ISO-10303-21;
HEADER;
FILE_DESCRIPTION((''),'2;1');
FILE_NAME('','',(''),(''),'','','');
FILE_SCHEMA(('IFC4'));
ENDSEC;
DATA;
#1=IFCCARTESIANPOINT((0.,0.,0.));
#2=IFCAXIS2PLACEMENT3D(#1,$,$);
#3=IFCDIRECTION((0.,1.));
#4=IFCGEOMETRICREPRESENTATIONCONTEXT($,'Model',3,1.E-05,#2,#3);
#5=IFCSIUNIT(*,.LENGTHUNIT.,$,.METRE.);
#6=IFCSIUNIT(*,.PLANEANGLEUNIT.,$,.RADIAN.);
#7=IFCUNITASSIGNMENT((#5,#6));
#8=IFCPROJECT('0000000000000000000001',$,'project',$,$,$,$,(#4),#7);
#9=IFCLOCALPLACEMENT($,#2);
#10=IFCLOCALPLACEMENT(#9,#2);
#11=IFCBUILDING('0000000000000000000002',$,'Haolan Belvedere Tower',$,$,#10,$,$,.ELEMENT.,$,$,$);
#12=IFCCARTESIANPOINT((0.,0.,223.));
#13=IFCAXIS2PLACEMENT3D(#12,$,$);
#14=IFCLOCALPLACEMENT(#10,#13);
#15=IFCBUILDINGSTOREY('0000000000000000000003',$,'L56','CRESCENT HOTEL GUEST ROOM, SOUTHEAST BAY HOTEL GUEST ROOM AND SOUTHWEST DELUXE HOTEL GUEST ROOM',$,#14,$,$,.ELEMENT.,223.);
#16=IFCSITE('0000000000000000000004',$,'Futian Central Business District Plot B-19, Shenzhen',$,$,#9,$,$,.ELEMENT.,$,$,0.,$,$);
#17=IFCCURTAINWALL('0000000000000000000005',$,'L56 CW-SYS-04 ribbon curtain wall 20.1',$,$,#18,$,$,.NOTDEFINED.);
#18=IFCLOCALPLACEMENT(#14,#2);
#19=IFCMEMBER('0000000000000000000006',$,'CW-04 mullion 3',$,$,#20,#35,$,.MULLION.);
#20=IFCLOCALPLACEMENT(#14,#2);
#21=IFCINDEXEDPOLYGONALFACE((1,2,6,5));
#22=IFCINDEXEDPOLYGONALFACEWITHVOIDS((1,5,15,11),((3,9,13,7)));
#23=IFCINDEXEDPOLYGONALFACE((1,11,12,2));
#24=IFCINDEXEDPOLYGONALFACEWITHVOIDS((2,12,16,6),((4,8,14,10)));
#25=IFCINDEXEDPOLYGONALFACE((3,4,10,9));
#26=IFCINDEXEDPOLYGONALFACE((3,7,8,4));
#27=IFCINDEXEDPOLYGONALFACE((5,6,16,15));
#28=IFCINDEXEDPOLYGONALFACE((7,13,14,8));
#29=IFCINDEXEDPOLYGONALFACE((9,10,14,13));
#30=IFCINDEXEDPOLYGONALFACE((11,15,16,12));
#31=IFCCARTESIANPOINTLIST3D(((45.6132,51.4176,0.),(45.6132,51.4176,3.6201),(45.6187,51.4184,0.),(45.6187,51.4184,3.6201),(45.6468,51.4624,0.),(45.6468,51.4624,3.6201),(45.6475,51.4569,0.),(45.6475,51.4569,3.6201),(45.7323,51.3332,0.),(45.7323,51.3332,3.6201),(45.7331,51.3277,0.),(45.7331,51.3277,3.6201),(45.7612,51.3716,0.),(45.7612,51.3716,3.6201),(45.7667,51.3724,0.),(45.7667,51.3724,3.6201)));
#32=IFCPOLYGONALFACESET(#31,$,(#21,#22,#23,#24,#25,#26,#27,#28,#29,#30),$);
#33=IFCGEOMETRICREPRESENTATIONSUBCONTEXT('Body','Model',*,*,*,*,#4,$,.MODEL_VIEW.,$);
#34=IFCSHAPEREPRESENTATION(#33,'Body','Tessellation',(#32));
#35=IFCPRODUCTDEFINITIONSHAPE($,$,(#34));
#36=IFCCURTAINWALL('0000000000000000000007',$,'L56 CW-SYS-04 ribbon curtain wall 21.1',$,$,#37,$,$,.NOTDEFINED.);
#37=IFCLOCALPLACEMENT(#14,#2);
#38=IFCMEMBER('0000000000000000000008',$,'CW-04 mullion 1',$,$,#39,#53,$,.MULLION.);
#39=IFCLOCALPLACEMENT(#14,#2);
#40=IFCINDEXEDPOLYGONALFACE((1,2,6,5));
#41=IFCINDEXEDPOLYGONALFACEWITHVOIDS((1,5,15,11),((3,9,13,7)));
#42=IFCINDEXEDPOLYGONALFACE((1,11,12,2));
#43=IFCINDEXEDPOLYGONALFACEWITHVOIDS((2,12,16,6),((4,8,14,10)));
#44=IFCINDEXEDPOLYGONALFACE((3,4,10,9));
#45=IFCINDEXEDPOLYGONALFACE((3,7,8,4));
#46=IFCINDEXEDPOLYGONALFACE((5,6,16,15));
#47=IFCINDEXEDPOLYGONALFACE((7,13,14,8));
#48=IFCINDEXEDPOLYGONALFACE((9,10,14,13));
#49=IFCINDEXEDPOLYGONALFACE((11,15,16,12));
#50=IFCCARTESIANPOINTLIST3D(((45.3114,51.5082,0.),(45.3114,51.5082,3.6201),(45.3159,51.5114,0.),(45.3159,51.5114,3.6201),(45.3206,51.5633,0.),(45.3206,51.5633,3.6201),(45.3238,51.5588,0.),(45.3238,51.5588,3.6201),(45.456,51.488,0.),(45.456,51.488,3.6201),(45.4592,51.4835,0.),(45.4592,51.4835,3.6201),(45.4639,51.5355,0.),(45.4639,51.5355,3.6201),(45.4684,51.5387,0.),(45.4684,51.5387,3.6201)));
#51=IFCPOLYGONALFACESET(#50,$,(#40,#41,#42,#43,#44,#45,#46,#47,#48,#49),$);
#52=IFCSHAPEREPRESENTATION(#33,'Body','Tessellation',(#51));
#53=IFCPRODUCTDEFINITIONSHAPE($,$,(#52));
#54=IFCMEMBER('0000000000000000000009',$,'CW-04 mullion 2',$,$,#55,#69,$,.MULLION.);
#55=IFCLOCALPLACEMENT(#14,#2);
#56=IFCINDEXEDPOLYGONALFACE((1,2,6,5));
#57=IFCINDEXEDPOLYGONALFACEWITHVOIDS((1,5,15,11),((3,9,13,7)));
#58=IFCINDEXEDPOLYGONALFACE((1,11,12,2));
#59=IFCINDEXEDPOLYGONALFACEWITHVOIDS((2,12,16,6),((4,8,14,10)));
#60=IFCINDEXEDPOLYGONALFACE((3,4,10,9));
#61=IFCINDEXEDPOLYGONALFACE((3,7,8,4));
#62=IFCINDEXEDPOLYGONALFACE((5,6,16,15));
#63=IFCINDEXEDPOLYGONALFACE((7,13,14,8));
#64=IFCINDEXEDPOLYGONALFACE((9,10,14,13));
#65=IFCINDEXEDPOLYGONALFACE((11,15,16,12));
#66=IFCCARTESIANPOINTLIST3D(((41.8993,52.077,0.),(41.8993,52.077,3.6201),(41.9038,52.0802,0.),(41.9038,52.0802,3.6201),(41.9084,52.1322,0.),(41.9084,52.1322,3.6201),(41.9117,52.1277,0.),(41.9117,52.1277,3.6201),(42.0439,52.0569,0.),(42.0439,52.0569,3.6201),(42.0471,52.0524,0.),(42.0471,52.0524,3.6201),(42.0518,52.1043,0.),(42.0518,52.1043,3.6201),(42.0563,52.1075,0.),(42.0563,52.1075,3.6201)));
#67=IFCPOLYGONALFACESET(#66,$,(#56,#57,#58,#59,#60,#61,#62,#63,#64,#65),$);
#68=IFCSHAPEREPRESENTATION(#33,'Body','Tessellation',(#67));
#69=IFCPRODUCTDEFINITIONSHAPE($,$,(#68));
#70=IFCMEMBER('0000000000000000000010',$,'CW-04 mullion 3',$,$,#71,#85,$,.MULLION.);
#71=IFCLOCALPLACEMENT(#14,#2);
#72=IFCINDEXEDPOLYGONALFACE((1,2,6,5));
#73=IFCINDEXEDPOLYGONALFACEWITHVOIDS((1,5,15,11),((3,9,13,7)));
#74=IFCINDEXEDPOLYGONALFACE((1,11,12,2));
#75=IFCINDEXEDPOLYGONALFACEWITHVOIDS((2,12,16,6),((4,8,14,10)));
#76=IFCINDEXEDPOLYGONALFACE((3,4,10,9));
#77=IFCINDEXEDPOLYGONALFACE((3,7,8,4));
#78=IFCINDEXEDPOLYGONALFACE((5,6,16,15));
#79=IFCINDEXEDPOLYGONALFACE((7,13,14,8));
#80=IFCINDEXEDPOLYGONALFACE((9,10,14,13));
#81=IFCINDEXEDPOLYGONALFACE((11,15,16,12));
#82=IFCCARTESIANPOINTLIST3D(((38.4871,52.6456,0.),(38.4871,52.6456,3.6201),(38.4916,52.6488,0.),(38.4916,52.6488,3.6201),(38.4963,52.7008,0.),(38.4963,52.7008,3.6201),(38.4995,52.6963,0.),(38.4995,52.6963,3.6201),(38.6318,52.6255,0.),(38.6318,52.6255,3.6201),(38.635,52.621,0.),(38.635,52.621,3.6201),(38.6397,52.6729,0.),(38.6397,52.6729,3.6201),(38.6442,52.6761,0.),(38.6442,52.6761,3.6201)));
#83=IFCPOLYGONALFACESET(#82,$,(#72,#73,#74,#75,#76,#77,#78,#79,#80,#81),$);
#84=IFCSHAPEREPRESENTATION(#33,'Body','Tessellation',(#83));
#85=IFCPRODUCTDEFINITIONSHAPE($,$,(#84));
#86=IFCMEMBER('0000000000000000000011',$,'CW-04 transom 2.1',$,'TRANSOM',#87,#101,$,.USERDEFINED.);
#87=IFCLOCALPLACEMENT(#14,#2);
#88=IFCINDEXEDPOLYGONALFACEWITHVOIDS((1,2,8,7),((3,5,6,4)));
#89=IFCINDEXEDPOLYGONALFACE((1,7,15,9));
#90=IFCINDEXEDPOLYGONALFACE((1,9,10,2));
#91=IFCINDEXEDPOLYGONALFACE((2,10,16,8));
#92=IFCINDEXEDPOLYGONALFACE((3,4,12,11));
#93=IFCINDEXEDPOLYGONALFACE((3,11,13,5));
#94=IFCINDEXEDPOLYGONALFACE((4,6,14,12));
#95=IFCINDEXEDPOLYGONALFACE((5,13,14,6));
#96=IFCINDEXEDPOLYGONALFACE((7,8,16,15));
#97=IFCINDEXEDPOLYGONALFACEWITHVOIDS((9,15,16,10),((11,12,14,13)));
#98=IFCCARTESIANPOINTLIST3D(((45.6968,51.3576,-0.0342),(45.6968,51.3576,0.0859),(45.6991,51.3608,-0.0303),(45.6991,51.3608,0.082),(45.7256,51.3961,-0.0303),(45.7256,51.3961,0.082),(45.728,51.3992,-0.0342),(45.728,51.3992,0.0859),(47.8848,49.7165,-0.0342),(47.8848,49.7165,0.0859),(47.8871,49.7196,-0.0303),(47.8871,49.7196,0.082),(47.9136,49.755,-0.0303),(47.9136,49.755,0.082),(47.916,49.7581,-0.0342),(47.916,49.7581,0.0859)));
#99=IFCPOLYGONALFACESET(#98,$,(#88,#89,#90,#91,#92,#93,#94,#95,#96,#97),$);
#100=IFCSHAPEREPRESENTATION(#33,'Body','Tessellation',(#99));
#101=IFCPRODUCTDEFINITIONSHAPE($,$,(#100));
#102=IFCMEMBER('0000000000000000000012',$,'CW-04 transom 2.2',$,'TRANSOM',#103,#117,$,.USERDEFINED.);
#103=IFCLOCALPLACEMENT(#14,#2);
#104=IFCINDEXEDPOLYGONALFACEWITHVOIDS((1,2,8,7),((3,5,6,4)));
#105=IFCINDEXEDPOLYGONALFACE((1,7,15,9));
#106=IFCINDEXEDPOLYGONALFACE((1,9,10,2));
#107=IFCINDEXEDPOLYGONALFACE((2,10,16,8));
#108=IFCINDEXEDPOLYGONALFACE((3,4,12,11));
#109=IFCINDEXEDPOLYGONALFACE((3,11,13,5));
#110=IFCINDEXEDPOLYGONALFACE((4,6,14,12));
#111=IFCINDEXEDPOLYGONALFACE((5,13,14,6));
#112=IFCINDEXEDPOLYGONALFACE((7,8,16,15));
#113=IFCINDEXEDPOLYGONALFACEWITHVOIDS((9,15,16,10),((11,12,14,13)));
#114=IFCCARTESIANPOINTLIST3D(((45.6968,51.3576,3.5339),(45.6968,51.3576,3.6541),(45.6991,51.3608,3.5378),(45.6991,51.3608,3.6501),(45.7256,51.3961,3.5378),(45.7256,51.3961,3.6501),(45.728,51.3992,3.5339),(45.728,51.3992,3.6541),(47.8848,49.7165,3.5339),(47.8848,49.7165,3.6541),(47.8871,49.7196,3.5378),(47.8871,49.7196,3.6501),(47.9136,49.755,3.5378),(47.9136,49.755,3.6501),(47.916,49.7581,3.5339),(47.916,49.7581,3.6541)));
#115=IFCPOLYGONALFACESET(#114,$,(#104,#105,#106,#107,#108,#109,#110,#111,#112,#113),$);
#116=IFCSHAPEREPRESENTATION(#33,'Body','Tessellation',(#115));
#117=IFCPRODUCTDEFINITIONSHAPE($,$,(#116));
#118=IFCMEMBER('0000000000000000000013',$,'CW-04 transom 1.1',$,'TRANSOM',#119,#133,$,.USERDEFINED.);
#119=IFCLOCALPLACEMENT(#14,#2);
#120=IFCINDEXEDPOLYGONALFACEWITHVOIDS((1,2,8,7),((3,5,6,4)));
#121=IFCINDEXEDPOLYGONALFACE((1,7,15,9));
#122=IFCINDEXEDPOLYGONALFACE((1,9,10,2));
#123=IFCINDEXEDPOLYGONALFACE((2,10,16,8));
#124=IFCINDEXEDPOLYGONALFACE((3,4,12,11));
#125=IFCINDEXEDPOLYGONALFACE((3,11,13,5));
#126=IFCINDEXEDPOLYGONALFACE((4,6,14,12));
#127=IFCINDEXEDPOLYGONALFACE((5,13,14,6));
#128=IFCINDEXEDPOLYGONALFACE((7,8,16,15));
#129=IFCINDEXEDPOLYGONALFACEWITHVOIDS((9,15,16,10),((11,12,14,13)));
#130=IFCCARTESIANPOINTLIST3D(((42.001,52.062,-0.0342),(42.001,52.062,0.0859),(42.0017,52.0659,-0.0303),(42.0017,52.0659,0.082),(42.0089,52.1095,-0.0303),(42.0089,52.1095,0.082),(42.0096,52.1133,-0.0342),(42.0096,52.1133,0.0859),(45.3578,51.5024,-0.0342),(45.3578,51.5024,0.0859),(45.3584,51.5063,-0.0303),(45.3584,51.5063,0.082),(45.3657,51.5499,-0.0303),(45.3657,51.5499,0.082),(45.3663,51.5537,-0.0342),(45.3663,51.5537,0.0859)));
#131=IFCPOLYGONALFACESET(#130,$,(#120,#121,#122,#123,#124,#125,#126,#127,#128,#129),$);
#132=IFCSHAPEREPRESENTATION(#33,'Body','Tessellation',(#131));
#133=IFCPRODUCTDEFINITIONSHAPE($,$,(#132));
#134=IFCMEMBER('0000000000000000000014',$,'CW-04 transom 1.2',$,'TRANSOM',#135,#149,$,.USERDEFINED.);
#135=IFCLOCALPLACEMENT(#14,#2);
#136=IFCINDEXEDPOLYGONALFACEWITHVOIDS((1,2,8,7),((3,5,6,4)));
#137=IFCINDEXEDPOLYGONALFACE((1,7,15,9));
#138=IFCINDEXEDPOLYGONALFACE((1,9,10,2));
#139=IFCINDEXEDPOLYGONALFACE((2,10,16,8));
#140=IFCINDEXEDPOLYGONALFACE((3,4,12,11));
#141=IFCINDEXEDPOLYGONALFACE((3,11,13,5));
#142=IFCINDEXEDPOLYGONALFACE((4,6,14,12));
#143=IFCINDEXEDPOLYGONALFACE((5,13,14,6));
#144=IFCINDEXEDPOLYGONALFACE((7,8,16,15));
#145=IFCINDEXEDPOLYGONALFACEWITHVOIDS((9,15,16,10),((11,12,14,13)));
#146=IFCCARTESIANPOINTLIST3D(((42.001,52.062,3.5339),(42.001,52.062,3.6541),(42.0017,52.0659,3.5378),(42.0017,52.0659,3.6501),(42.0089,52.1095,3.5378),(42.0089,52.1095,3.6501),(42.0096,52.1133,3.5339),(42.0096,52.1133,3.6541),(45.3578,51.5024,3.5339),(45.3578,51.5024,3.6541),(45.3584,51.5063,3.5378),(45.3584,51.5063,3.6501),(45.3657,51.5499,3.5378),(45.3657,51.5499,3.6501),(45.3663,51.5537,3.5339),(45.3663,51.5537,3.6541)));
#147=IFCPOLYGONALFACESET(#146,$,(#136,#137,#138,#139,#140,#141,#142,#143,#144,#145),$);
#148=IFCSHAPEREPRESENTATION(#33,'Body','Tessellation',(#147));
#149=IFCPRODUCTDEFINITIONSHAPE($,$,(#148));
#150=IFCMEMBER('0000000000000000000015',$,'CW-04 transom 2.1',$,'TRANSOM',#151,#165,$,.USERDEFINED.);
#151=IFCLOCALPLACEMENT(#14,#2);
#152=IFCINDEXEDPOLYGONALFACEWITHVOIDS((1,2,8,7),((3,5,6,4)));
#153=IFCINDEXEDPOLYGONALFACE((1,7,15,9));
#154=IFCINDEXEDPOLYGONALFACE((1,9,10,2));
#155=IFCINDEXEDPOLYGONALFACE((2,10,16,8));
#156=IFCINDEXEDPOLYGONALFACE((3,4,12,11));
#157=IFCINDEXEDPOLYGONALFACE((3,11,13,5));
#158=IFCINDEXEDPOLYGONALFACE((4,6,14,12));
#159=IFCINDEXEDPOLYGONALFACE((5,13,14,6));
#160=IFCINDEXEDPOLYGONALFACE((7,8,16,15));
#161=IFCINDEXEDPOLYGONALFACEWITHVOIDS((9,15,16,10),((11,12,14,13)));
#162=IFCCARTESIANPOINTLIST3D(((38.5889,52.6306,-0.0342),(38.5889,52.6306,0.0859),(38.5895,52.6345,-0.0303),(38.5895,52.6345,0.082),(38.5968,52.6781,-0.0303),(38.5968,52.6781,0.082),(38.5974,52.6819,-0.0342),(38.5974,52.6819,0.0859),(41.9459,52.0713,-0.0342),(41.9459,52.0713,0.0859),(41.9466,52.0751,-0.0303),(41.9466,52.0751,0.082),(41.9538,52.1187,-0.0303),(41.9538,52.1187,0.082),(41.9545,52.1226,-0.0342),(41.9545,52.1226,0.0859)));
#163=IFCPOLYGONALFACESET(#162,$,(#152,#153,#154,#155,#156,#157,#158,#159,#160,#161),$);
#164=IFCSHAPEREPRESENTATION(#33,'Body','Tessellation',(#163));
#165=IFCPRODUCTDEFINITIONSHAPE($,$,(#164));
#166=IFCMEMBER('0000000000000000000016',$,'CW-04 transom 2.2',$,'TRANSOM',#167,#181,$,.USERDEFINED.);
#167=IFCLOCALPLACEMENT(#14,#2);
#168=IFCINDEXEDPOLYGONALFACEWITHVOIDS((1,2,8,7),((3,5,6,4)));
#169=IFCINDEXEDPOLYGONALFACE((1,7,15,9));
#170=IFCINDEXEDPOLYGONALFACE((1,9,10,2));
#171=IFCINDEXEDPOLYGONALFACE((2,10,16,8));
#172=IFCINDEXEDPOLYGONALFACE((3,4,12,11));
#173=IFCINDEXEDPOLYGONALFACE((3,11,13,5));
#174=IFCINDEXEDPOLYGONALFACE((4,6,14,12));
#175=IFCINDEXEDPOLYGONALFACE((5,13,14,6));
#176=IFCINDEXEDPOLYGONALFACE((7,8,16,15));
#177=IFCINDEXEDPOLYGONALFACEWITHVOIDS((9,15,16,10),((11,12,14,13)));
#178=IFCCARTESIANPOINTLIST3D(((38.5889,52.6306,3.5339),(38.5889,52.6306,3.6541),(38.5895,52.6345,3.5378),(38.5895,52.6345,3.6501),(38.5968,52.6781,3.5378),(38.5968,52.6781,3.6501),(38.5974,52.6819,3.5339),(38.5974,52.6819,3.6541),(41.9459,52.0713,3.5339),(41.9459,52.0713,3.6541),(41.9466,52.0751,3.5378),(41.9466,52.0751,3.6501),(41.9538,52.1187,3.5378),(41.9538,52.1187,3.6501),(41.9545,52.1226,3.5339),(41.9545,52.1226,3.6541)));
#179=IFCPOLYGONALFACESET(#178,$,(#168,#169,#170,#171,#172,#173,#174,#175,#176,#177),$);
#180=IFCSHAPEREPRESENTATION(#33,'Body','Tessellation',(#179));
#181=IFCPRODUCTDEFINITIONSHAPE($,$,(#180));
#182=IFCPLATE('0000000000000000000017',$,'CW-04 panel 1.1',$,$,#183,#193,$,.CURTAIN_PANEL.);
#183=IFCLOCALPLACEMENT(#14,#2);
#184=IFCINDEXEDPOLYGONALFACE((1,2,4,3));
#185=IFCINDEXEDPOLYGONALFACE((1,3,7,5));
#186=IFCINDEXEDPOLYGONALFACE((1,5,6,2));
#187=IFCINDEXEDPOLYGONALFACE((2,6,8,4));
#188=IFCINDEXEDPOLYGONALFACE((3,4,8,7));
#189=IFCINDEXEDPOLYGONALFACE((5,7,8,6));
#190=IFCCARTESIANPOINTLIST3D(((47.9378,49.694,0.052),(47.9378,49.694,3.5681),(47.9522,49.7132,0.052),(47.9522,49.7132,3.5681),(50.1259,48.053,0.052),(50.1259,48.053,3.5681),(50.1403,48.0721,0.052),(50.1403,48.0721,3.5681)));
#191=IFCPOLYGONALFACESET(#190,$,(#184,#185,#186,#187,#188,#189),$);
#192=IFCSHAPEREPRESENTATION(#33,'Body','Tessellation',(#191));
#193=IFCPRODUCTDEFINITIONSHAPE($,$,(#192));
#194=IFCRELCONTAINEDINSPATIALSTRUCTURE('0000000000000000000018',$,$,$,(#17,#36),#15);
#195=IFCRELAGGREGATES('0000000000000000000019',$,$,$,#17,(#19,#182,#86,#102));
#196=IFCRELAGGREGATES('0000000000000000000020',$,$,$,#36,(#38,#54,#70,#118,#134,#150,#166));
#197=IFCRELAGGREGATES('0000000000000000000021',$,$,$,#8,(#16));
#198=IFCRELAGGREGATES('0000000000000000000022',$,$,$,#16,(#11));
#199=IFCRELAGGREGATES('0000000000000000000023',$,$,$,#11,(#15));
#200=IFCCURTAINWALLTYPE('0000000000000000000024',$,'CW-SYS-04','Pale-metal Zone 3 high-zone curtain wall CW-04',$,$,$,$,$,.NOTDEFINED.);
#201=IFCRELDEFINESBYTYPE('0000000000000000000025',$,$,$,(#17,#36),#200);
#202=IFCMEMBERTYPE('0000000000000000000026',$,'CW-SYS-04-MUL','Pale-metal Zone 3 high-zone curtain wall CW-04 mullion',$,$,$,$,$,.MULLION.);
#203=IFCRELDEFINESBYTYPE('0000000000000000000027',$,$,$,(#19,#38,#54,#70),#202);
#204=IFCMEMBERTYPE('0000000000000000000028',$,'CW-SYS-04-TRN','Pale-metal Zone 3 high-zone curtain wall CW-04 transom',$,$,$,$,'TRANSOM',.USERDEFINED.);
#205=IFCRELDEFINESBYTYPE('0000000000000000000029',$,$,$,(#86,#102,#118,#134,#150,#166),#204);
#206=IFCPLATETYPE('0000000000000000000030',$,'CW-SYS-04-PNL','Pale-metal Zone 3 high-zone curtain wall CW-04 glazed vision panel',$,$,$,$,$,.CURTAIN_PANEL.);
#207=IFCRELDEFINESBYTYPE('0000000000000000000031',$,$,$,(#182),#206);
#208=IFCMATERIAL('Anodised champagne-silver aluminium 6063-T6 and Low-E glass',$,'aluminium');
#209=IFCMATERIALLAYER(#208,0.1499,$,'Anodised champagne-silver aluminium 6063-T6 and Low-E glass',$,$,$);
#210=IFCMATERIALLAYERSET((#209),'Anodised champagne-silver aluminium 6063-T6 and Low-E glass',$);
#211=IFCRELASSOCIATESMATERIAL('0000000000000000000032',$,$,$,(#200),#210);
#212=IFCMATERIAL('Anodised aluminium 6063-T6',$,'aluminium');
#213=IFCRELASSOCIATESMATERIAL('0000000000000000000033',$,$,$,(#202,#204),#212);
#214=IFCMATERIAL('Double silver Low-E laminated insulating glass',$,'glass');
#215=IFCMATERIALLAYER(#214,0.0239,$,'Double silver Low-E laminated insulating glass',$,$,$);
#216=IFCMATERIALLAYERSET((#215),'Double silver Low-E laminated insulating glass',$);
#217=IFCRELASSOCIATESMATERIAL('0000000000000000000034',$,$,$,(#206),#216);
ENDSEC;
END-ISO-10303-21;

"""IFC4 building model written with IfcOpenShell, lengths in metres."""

from ifc_helpers import new_model, si_unit, direction, frame, origin, origin_2d, place, context, subcontext, project, spatial, rectangle, hollow_rectangle, extrude, material, layer, layer_set, material_profile, profile_set, type_object, element, aggregate, save


model = new_model("IFC4")

# Units and contexts
model_context = context("Model", 3, precision=1e-05, world=origin(), true_north=direction((0.0, 1.0)))
body_context = subcontext(model_context, "Body", "Model", "MODEL_VIEW")
ifc_project = project(units=[si_unit("LENGTHUNIT", "METRE"), si_unit("PLANEANGLEUNIT", "RADIAN")], contexts=[model_context])

# Site, building, storey
site_placement = place(None, origin())
site = spatial("IfcSite", under=ifc_project, at=site_placement, Name="Futian Central Business District Plot B-19, Shenzhen", CompositionType="ELEMENT", RefElevation=0.0)
building_placement = place(site_placement, origin())
building = spatial("IfcBuilding", under=site, at=building_placement, Name="Haolan Belvedere Tower", CompositionType="ELEMENT")
storey_placement = place(building_placement, frame((0.0, 0.0, 223.0)))
storey = spatial("IfcBuildingStorey", under=building, at=storey_placement, Name="L56", Description="CRESCENT HOTEL GUEST ROOM, SOUTHEAST BAY HOTEL GUEST ROOM AND SOUTHWEST DELUXE HOTEL GUEST ROOM", CompositionType="ELEMENT", Elevation=223.0)

# Curtain walls, members
ifc_material_1 = material(Name="Anodised champagne-silver aluminium 6063-T6 and Low-E glass", Category="aluminium")
ifc_layer_1 = layer(ifc_material_1, 0.1499, Name="Anodised champagne-silver aluminium 6063-T6 and Low-E glass")
ifc_layer_set_1 = layer_set([ifc_layer_1], Name="Anodised champagne-silver aluminium 6063-T6 and Low-E glass")
curtain_wall_type = type_object("IfcCurtainWallType", Name="CW-SYS-04", Description="Pale-metal Zone 3 high-zone curtain wall CW-04", PredefinedType="NOTDEFINED", material=ifc_layer_set_1)
curtain_wall_1_placement = place(storey_placement, origin())
curtain_wall_1 = element("IfcCurtainWall", 1, at=curtain_wall_1_placement, inside=storey, type_object=curtain_wall_type, Name="L56 CW-SYS-04 ribbon curtain wall 20.1", PredefinedType="NOTDEFINED")
ifc_material_2 = material(Name="Anodised aluminium 6063-T6", Category="aluminium")
ifc_material_profile_1 = material_profile(ifc_material_2, hollow_rectangle(XDim=0.0559, YDim=0.1499, WallThickness=0.0039, at=origin_2d()), Name="Anodised aluminium 6063-T6")
ifc_profile_set_1 = profile_set([ifc_material_profile_1], Name="Anodised aluminium 6063-T6")
member_type_1 = type_object("IfcMemberType", Name="CW-SYS-04-MUL", Description="Pale-metal Zone 3 high-zone curtain wall CW-04 mullion", PredefinedType="MULLION", material=ifc_profile_set_1)
member_1_placement = place(storey_placement, frame((45.6899, 51.395, 0.0), z_axis=(0.0, 0.0, 1.0), x_axis=(-0.600003, -0.799998, 0.0)))
member_1 = element("IfcMember", 2, at=member_1_placement, type_object=member_type_1, Name="CW-04 mullion 3", PredefinedType="MULLION", context=body_context, shape_type="SweptSolid", body=[
    extrude(hollow_rectangle(XDim=0.0559, YDim=0.1499, WallThickness=0.0039, at=origin_2d()), origin(), (0.0, 0.0, 1.0), 3.6201),
])
curtain_wall_2_placement = place(storey_placement, origin())
curtain_wall_2 = element("IfcCurtainWall", 3, at=curtain_wall_2_placement, inside=storey, type_object=curtain_wall_type, Name="L56 CW-SYS-04 ribbon curtain wall 21.1", PredefinedType="NOTDEFINED")
member_2_placement = place(storey_placement, frame((45.3899, 51.5234, 0.0), z_axis=(0.0, 0.0, 1.0), x_axis=(-0.164406, -0.986393, 0.0)))
member_2 = element("IfcMember", 4, at=member_2_placement, type_object=member_type_1, Name="CW-04 mullion 1", PredefinedType="MULLION", context=body_context, shape_type="SweptSolid", body=[
    extrude(hollow_rectangle(XDim=0.0559, YDim=0.1499, WallThickness=0.0039, at=origin_2d()), origin(), (0.0, 0.0, 1.0), 3.6201),
])
member_3_placement = place(storey_placement, frame((41.9778, 52.0923, 0.0), z_axis=(0.0, 0.0, 1.0), x_axis=(-0.164406, -0.986393, 0.0)))
member_3 = element("IfcMember", 5, at=member_3_placement, type_object=member_type_1, Name="CW-04 mullion 2", PredefinedType="MULLION", context=body_context, shape_type="SweptSolid", body=[
    extrude(hollow_rectangle(XDim=0.0559, YDim=0.1499, WallThickness=0.0039, at=origin_2d()), origin(), (0.0, 0.0, 1.0), 3.6201),
])
member_4_placement = place(storey_placement, frame((38.5657, 52.6609, 0.0), z_axis=(0.0, 0.0, 1.0), x_axis=(-0.164406, -0.986393, 0.0)))
member_4 = element("IfcMember", 6, at=member_4_placement, type_object=member_type_1, Name="CW-04 mullion 3", PredefinedType="MULLION", context=body_context, shape_type="SweptSolid", body=[
    extrude(hollow_rectangle(XDim=0.0559, YDim=0.1499, WallThickness=0.0039, at=origin_2d()), origin(), (0.0, 0.0, 1.0), 3.6201),
])

# Members
ifc_material_profile_2 = material_profile(ifc_material_2, hollow_rectangle(XDim=0.052, YDim=0.1201, WallThickness=0.0039, at=origin_2d()), Name="Anodised aluminium 6063-T6")
ifc_profile_set_2 = profile_set([ifc_material_profile_2], Name="Anodised aluminium 6063-T6")
member_type_2 = type_object("IfcMemberType", Name="CW-SYS-04-TRN", Description="Pale-metal Zone 3 high-zone curtain wall CW-04 transom", ElementType="TRANSOM", PredefinedType="USERDEFINED", material=ifc_profile_set_2)
member_5_placement = place(storey_placement, frame((47.9004, 49.7373, 0.0259), z_axis=(-0.799979, 0.600029, 0.0), x_axis=(-0.600029, -0.799979, 0.0)))
member_5 = element("IfcMember", 7, at=member_5_placement, type_object=member_type_2, Name="CW-04 transom 2.1", ObjectType="TRANSOM", PredefinedType="USERDEFINED", context=body_context, shape_type="SweptSolid", body=[
    extrude(hollow_rectangle(XDim=0.052, YDim=0.1201, WallThickness=0.0039, at=origin_2d()), origin(), (0.0, 0.0, 1.0), 2.7351),
])
member_6_placement = place(storey_placement, frame((47.9004, 49.7373, 3.594), z_axis=(-0.799979, 0.600029, 0.0), x_axis=(-0.600029, -0.799979, 0.0)))
member_6 = element("IfcMember", 8, at=member_6_placement, type_object=member_type_2, Name="CW-04 transom 2.2", ObjectType="TRANSOM", PredefinedType="USERDEFINED", context=body_context, shape_type="SweptSolid", body=[
    extrude(hollow_rectangle(XDim=0.052, YDim=0.1201, WallThickness=0.0039, at=origin_2d()), origin(), (0.0, 0.0, 1.0), 2.7351),
])
member_7_placement = place(storey_placement, frame((45.3621, 51.5281, 0.0259), z_axis=(-0.986388, 0.164434, 0.0), x_axis=(-0.164434, -0.986388, 0.0)))
member_7 = element("IfcMember", 9, at=member_7_placement, type_object=member_type_2, Name="CW-04 transom 1.1", ObjectType="TRANSOM", PredefinedType="USERDEFINED", context=body_context, shape_type="SweptSolid", body=[
    extrude(hollow_rectangle(XDim=0.052, YDim=0.1201, WallThickness=0.0039, at=origin_2d()), origin(), (0.0, 0.0, 1.0), 3.4031),
])
member_8_placement = place(storey_placement, frame((45.3621, 51.5281, 3.594), z_axis=(-0.986388, 0.164434, 0.0), x_axis=(-0.164434, -0.986388, 0.0)))
member_8 = element("IfcMember", 10, at=member_8_placement, type_object=member_type_2, Name="CW-04 transom 1.2", ObjectType="TRANSOM", PredefinedType="USERDEFINED", context=body_context, shape_type="SweptSolid", body=[
    extrude(hollow_rectangle(XDim=0.052, YDim=0.1201, WallThickness=0.0039, at=origin_2d()), origin(), (0.0, 0.0, 1.0), 3.4031),
])
member_9_placement = place(storey_placement, frame((41.9502, 52.0969, 0.0259), z_axis=(-0.986402, 0.164352, 0.0), x_axis=(-0.164352, -0.986402, 0.0)))
member_9 = element("IfcMember", 11, at=member_9_placement, type_object=member_type_2, Name="CW-04 transom 2.1", ObjectType="TRANSOM", PredefinedType="USERDEFINED", context=body_context, shape_type="SweptSolid", body=[
    extrude(hollow_rectangle(XDim=0.052, YDim=0.1201, WallThickness=0.0039, at=origin_2d()), origin(), (0.0, 0.0, 1.0), 3.4033),
])
member_10_placement = place(storey_placement, frame((41.9502, 52.0969, 3.594), z_axis=(-0.986402, 0.164352, 0.0), x_axis=(-0.164352, -0.986402, 0.0)))
member_10 = element("IfcMember", 12, at=member_10_placement, type_object=member_type_2, Name="CW-04 transom 2.2", ObjectType="TRANSOM", PredefinedType="USERDEFINED", context=body_context, shape_type="SweptSolid", body=[
    extrude(hollow_rectangle(XDim=0.052, YDim=0.1201, WallThickness=0.0039, at=origin_2d()), origin(), (0.0, 0.0, 1.0), 3.4033),
])

# Plate
ifc_material_3 = material(Name="Double silver Low-E laminated insulating glass", Category="glass")
ifc_layer_2 = layer(ifc_material_3, 0.0239, Name="Double silver Low-E laminated insulating glass")
ifc_layer_set_2 = layer_set([ifc_layer_2], Name="Double silver Low-E laminated insulating glass")
plate_type = type_object("IfcPlateType", Name="CW-SYS-04-PNL", Description="Pale-metal Zone 3 high-zone curtain wall CW-04 glazed vision panel", PredefinedType="CURTAIN_PANEL", material=ifc_layer_set_2)
plate_1_placement = place(storey_placement, frame((49.0391, 48.8831, 0.052), z_axis=(0.0, 0.0, 1.0), x_axis=(-0.799998, 0.600003, 0.0)))
plate_1 = element("IfcPlate", 13, at=plate_1_placement, type_object=plate_type, Name="CW-04 panel 1.1", PredefinedType="CURTAIN_PANEL", context=body_context, shape_type="SweptSolid", body=[
    extrude(rectangle(XDim=2.7351, YDim=0.0239, at=origin_2d()), origin(), (0.0, 0.0, 1.0), 3.5161),
])
aggregate(curtain_wall_1, [member_1, plate_1, member_5, member_6])
aggregate(curtain_wall_2, [member_2, member_3, member_4, member_7, member_8, member_9, member_10])

save(model, "model.ifc")
